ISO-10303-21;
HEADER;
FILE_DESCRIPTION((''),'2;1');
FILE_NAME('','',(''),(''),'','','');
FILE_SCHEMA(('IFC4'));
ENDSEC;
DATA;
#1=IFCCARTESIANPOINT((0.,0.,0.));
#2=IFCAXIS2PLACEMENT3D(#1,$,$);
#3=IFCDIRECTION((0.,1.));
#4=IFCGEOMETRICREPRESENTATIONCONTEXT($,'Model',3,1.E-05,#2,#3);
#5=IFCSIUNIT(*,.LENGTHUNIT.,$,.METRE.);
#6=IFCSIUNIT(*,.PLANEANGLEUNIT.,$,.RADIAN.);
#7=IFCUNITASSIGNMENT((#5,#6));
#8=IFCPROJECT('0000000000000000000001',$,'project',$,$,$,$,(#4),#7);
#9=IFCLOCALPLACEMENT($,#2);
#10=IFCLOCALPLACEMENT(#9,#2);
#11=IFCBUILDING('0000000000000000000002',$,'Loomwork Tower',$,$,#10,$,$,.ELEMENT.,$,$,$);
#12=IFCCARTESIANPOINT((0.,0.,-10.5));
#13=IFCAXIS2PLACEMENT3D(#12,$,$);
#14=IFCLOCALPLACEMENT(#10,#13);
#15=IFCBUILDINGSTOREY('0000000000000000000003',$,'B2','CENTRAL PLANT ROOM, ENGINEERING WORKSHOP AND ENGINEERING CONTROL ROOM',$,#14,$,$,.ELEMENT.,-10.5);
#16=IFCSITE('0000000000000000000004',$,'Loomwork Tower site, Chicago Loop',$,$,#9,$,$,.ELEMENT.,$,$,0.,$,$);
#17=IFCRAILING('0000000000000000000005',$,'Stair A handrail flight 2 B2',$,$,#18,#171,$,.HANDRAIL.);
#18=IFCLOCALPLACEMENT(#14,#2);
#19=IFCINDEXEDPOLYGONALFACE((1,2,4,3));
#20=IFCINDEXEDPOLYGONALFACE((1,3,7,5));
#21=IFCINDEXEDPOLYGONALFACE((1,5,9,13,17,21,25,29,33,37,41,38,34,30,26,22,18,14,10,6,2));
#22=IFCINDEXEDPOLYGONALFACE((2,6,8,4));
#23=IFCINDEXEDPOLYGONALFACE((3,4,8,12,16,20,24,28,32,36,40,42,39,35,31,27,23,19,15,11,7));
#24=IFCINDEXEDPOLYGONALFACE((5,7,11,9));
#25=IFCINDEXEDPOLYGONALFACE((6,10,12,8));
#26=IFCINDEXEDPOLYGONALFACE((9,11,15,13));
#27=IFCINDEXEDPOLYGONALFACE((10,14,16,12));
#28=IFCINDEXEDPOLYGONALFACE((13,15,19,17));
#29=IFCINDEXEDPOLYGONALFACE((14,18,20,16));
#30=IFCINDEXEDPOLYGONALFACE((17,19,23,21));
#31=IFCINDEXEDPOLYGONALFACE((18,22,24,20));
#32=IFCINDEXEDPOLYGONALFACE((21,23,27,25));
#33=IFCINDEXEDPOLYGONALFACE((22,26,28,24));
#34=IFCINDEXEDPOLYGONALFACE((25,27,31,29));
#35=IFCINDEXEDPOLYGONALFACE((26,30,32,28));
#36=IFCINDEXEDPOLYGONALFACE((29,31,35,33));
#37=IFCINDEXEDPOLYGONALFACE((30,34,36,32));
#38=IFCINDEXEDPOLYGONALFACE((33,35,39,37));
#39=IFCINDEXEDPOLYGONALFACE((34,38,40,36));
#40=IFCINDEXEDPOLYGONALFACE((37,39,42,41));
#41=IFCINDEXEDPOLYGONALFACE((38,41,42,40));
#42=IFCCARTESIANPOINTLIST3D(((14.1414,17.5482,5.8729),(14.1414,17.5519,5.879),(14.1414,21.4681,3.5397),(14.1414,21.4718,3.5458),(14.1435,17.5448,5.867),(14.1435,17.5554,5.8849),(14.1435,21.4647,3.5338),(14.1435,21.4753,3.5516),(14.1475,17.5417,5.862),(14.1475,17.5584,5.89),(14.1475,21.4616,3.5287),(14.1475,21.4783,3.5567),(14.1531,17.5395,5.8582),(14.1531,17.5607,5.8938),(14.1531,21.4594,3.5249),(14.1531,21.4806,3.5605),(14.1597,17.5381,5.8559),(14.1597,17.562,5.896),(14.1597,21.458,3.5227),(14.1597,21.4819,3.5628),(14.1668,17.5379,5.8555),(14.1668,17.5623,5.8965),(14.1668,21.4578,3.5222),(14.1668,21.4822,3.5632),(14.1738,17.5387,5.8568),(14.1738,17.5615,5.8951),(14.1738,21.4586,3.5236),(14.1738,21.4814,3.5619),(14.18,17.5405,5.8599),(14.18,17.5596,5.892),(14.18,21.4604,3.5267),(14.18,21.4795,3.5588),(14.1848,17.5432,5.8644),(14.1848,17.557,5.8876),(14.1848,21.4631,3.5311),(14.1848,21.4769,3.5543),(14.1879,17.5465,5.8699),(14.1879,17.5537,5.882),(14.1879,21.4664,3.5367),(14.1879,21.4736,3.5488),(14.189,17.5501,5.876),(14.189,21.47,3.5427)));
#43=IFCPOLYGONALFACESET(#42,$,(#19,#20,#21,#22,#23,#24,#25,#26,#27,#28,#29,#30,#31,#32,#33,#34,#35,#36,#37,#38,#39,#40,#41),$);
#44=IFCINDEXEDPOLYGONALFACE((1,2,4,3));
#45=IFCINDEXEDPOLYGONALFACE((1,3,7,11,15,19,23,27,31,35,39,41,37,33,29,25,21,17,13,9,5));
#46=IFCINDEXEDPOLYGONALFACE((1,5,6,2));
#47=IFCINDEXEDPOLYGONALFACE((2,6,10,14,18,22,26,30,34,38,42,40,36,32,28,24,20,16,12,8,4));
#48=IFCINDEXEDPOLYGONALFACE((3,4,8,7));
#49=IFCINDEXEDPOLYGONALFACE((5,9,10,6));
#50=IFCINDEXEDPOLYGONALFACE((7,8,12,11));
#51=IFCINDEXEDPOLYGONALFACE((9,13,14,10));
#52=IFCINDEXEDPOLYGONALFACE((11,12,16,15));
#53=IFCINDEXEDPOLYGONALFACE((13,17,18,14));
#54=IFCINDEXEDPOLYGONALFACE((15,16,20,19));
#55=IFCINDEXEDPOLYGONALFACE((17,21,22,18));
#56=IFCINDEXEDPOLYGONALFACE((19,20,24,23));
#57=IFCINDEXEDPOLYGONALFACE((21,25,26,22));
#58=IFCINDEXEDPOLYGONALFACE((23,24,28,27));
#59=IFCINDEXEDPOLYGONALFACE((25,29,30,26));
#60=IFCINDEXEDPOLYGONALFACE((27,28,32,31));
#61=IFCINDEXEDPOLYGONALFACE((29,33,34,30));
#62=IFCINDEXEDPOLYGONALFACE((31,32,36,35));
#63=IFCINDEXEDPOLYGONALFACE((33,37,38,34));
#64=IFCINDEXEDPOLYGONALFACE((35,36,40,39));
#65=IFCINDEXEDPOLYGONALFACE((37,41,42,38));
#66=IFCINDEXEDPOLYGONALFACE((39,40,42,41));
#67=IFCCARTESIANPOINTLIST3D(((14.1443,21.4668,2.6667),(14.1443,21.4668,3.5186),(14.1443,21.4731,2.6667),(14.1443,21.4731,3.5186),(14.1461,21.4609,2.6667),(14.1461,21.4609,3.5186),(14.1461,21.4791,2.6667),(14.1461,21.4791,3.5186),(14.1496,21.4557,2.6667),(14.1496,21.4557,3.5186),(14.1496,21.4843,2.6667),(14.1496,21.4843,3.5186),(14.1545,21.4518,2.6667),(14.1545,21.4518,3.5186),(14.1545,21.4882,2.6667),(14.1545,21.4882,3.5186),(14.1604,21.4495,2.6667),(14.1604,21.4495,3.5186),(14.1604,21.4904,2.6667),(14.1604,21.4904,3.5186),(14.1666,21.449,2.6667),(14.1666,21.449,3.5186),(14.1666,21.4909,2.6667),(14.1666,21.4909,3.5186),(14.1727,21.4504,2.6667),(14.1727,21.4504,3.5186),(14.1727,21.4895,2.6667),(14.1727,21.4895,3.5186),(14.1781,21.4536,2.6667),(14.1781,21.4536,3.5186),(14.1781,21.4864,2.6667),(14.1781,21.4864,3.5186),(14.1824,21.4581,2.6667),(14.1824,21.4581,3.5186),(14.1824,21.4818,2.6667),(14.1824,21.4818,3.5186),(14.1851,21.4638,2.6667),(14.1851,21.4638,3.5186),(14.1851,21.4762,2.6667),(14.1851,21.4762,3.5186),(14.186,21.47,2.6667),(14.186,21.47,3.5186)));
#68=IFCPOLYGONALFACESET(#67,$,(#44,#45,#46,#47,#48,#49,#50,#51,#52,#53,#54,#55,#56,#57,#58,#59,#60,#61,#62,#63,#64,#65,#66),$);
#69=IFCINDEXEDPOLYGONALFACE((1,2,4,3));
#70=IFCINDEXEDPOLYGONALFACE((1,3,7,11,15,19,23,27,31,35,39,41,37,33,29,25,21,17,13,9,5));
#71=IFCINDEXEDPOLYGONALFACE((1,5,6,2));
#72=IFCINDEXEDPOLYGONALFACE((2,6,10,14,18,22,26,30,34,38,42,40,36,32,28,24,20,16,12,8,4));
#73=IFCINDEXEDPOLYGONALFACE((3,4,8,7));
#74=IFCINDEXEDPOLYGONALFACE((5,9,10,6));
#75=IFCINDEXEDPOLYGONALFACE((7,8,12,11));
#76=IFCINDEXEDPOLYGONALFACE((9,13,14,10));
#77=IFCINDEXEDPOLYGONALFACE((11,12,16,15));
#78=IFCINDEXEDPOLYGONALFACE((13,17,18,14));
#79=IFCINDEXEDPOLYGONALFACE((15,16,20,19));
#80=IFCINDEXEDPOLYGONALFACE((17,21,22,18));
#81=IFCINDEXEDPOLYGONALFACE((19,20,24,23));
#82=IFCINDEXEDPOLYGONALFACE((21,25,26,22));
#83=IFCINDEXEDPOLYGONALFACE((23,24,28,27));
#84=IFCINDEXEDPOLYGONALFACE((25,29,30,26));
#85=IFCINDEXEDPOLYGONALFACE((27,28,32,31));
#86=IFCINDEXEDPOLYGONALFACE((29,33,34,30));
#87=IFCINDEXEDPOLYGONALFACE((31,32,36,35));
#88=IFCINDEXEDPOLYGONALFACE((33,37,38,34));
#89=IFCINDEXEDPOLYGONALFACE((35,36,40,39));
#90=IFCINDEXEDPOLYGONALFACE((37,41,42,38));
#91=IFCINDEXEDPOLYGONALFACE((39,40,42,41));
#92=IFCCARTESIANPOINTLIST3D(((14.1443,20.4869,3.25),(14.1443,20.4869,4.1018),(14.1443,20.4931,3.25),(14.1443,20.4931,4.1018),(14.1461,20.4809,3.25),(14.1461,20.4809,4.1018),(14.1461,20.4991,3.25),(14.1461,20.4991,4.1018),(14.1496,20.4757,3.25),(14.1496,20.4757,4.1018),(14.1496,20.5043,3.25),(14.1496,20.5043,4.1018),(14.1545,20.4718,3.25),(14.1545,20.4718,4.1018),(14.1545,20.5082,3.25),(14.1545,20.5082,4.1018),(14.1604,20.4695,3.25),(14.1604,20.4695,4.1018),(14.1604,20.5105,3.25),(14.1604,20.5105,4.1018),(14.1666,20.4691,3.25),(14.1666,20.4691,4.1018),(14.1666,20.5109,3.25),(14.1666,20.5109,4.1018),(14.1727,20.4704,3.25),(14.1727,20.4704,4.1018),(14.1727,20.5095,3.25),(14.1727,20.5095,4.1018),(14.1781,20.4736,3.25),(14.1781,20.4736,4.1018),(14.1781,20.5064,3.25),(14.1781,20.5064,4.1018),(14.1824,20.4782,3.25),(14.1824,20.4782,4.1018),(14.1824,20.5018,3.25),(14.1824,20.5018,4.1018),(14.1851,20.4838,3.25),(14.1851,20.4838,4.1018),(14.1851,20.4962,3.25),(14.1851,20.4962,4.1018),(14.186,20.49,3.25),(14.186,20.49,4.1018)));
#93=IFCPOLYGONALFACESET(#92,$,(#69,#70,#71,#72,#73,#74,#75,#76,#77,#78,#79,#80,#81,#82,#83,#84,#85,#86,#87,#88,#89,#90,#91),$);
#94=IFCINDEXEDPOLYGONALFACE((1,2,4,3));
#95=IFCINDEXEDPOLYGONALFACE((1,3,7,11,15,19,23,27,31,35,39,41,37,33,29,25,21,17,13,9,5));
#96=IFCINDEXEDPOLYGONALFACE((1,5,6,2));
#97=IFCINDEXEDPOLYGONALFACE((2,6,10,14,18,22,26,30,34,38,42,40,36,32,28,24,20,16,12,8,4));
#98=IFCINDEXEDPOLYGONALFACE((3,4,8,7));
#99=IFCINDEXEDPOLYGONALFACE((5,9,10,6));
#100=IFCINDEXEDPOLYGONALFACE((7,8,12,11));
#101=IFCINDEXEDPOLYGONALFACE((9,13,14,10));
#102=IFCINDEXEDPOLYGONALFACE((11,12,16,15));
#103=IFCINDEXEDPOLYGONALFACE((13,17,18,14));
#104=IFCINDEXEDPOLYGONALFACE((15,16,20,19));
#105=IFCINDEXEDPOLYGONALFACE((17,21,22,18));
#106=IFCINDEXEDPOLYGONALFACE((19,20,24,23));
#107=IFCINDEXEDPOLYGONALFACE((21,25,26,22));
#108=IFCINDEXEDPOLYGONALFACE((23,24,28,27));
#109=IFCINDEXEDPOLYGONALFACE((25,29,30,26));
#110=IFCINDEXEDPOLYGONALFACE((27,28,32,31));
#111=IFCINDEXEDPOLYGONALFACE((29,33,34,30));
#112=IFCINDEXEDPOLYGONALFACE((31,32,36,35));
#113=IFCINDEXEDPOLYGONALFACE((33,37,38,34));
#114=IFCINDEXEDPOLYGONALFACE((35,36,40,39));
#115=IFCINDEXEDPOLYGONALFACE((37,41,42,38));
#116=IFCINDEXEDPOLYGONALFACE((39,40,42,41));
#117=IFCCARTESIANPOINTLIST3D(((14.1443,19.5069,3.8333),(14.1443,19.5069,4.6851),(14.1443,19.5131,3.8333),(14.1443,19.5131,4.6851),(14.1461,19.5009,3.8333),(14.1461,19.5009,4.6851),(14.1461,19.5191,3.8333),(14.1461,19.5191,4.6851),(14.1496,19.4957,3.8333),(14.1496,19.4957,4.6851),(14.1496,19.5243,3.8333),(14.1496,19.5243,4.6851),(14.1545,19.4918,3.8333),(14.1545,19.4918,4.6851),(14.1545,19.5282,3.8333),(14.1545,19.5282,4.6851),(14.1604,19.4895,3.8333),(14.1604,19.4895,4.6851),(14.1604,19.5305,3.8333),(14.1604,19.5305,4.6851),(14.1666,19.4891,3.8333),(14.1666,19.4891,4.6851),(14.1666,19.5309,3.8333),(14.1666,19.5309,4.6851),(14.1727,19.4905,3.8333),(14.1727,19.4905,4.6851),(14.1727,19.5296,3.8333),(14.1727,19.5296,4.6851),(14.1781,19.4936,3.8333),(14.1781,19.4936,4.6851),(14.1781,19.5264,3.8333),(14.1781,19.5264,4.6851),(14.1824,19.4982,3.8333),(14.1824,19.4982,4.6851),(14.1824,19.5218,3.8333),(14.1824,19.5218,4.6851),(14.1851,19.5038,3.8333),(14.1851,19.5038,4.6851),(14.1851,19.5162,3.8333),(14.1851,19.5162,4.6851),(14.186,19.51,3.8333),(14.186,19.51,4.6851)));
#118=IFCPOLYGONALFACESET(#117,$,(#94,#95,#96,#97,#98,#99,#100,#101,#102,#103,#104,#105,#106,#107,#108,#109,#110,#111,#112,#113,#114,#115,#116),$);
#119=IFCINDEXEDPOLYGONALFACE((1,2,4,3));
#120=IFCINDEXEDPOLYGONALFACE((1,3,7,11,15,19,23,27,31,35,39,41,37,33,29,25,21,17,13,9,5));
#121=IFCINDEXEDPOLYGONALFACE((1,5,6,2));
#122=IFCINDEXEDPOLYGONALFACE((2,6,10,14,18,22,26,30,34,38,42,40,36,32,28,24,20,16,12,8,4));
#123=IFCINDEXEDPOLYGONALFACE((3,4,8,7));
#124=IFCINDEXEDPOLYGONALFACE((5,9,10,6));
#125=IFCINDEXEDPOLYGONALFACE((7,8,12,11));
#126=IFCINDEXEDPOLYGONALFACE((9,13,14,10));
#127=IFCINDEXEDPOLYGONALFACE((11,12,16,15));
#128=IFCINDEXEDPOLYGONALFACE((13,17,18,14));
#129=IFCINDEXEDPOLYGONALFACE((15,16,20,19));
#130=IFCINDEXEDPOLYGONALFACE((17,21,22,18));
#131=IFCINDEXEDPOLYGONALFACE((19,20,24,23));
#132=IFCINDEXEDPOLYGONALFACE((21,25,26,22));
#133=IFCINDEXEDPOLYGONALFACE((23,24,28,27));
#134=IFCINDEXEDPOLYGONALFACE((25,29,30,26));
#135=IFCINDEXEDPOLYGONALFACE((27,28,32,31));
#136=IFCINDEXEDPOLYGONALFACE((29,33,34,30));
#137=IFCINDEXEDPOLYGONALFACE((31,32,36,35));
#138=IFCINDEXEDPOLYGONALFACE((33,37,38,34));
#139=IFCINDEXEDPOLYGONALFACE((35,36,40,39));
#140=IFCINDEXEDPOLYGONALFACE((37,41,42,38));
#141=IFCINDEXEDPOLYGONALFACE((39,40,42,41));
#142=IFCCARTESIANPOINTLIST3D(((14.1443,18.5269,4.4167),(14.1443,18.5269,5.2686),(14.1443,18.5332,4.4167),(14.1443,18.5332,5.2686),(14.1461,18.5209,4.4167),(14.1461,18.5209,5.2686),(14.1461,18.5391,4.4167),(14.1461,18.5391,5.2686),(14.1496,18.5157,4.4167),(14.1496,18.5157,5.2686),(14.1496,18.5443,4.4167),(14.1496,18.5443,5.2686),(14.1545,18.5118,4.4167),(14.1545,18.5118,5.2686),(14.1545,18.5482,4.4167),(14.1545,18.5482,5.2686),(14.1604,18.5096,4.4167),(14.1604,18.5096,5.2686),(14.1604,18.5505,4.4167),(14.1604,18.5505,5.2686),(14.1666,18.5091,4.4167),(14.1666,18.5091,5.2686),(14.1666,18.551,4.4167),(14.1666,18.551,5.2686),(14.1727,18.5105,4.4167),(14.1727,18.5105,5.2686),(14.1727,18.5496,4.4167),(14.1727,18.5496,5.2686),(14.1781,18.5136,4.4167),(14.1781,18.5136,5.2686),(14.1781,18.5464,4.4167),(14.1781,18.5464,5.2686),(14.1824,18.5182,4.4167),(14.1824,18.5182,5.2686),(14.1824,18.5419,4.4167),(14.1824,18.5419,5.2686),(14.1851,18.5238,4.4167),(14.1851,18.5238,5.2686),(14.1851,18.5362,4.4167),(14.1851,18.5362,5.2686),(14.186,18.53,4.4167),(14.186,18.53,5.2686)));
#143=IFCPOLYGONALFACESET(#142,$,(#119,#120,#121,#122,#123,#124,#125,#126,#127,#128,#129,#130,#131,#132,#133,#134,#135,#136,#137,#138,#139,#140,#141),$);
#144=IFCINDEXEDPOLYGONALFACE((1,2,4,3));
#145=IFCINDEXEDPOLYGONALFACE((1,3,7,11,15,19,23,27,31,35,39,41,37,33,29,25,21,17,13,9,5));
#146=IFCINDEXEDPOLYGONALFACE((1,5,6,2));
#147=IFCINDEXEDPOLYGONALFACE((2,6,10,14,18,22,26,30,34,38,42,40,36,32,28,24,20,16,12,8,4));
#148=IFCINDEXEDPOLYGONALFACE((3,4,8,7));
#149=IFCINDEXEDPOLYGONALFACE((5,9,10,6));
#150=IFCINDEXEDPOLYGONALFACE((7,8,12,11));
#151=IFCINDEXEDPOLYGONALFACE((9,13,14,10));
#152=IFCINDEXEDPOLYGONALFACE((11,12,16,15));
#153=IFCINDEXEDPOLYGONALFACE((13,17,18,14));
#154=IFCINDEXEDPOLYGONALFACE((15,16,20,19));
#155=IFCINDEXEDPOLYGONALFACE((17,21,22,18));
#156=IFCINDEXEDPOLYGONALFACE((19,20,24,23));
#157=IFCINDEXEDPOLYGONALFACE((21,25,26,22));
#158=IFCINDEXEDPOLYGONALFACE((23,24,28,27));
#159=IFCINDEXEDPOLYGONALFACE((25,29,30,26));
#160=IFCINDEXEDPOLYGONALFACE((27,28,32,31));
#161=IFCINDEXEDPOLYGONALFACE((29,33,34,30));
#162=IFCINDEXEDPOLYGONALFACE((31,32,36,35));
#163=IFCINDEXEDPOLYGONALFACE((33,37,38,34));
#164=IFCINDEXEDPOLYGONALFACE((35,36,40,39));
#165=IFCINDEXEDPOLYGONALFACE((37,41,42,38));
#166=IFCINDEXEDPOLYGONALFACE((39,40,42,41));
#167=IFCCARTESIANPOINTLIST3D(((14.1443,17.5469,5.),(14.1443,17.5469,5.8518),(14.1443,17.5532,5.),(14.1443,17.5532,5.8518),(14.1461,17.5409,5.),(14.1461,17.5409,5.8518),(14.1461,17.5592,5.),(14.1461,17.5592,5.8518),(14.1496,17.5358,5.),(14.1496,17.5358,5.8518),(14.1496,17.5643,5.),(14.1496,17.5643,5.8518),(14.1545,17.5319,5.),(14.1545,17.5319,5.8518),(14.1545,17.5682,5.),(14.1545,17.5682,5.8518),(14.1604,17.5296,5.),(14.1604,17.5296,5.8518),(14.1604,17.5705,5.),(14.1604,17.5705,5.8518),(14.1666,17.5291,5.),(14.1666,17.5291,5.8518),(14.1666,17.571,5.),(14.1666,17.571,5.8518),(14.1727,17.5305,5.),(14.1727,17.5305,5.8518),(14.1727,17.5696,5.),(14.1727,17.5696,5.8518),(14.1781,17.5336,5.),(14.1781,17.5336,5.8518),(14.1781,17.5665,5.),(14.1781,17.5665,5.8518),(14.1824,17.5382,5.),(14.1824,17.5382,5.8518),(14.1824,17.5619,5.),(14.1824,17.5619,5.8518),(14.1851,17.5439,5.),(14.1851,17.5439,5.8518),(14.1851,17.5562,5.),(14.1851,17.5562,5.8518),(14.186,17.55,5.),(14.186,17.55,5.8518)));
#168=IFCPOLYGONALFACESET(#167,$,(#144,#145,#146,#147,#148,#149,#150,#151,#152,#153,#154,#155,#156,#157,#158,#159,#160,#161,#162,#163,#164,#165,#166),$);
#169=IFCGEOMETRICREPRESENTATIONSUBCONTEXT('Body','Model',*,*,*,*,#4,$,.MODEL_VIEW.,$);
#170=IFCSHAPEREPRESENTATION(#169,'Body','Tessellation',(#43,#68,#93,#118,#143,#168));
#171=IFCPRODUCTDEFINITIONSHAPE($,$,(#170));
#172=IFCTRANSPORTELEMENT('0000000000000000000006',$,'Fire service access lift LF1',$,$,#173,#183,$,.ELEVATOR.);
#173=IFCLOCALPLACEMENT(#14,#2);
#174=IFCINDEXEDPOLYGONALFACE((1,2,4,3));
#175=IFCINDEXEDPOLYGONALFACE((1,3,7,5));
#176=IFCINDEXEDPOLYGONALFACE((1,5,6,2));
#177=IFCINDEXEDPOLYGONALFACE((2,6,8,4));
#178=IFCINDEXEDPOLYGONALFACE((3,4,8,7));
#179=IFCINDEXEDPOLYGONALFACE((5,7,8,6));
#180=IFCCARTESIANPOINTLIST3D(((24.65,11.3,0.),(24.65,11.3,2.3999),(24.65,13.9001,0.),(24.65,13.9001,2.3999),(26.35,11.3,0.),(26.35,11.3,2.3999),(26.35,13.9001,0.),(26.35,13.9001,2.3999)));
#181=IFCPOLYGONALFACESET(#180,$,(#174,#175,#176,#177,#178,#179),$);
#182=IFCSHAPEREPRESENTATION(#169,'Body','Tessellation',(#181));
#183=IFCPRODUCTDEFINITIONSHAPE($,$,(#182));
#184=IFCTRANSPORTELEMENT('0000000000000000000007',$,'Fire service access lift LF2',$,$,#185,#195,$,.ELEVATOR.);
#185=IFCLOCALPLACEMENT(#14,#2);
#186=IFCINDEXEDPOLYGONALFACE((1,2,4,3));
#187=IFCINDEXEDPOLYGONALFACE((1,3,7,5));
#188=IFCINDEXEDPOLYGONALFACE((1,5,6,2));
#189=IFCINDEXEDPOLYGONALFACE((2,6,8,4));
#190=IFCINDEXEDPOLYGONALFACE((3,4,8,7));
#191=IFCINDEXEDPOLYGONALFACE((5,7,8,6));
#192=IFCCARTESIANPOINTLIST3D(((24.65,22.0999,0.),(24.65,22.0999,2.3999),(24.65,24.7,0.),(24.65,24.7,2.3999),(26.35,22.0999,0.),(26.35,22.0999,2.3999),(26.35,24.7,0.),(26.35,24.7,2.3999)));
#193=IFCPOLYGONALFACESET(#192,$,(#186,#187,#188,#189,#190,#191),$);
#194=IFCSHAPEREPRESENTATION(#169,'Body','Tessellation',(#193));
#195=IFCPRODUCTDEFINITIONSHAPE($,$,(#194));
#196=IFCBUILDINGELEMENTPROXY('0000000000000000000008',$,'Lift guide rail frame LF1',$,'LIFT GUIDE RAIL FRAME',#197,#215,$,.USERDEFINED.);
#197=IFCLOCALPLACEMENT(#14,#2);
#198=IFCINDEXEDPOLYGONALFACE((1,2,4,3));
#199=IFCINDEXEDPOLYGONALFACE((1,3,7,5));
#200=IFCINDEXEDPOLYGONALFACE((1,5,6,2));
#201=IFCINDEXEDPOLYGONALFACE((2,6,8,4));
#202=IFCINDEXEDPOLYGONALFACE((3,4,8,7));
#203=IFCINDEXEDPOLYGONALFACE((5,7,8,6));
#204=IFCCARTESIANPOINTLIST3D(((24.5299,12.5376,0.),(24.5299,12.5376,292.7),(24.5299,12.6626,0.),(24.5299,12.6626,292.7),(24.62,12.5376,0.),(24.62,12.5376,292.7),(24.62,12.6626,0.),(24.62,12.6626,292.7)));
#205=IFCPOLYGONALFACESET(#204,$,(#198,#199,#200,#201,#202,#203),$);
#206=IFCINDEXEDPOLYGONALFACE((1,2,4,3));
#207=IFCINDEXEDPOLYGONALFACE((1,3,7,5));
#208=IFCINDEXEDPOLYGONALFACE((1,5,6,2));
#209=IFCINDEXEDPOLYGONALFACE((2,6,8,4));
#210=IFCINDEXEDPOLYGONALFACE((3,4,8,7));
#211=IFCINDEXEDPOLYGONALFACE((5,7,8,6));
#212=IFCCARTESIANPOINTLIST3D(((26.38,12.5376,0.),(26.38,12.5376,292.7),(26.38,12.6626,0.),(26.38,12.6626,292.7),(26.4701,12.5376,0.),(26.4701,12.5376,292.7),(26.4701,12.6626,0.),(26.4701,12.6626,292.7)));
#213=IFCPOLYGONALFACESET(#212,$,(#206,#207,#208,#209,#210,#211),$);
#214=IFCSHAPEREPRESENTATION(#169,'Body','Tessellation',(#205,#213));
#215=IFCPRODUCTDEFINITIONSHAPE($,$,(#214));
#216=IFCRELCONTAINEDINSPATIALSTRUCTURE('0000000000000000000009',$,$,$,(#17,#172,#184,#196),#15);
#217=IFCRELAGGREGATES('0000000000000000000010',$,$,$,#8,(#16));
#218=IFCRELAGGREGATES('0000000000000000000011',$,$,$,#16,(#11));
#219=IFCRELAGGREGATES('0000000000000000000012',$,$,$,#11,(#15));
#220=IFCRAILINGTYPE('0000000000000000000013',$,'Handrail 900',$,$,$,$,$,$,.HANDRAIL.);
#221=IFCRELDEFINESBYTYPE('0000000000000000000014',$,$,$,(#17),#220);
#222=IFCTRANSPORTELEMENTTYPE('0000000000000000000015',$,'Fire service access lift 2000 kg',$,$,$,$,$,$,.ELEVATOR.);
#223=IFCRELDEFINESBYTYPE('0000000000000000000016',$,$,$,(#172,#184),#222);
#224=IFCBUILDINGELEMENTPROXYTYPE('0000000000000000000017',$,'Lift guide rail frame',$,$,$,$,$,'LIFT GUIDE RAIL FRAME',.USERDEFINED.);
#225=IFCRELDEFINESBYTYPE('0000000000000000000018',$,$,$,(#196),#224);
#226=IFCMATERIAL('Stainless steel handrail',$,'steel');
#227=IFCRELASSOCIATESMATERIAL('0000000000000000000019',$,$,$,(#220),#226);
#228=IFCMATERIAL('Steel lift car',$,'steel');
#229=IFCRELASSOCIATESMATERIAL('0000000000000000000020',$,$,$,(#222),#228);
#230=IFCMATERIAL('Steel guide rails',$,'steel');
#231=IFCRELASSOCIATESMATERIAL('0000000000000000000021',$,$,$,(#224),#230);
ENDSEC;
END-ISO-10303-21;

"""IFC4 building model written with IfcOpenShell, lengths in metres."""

from ifc_helpers import new_model, si_unit, direction, frame, frame_2d, origin, origin_2d, place, context, subcontext, project, spatial, rectangle, circle, extrude, material, type_object, element, save


model = new_model("IFC4")

# Units and contexts
model_context = context("Model", 3, precision=1e-05, world=origin(), true_north=direction((0.0, 1.0)))
body_context = subcontext(model_context, "Body", "Model", "MODEL_VIEW")
ifc_project = project(units=[si_unit("LENGTHUNIT", "METRE"), si_unit("PLANEANGLEUNIT", "RADIAN")], contexts=[model_context])

# Site, building, storey
site_placement = place(None, origin())
site = spatial("IfcSite", under=ifc_project, at=site_placement, Name="Loomwork Tower site, Chicago Loop", CompositionType="ELEMENT", RefElevation=0.0)
building_placement = place(site_placement, origin())
building = spatial("IfcBuilding", under=site, at=building_placement, Name="Loomwork Tower", CompositionType="ELEMENT")
storey_placement = place(building_placement, frame((0.0, 0.0, -10.5)))
storey = spatial("IfcBuildingStorey", under=building, at=storey_placement, Name="B2", Description="CENTRAL PLANT ROOM, ENGINEERING WORKSHOP AND ENGINEERING CONTROL ROOM", CompositionType="ELEMENT", Elevation=-10.5)

# Railing
ifc_material_1 = material(Name="Stainless steel handrail", Category="steel")
railing_type = type_object("IfcRailingType", Name="Handrail 900", PredefinedType="HANDRAIL", material=ifc_material_1)
railing_1_placement = place(storey_placement, frame((14.165, 21.47, 2.6667)))
element("IfcRailing", 1, at=railing_1_placement, inside=storey, type_object=railing_type, Name="Stair A handrail flight 2 B2", PredefinedType="HANDRAIL", context=body_context, shape_type="SweptSolid", body=[
    extrude(circle(Radius=0.0239, at=origin_2d()), frame((0.0, 0.0, 0.876), z_axis=(0.0, -0.859296, 0.511478), x_axis=(1.0, 0.0, 0.0)), (0.0, 0.0, 1.0), 4.5618),
    extrude(circle(Radius=0.021, at=origin_2d()), origin(), (0.0, 0.0, 1.0), 0.8518),
    extrude(circle(Radius=0.021, at=origin_2d()), frame((0.0, -0.98, 0.5833)), (0.0, 0.0, 1.0), 0.8518),
    extrude(circle(Radius=0.021, at=origin_2d()), frame((0.0, -1.96, 1.1665)), (0.0, 0.0, 1.0), 0.8518),
    extrude(circle(Radius=0.021, at=origin_2d()), frame((0.0, -2.9399, 1.75)), (0.0, 0.0, 1.0), 0.8518),
    extrude(circle(Radius=0.021, at=origin_2d()), frame((0.0, -3.9199, 2.3333)), (0.0, 0.0, 1.0), 0.8518),
])

# Transport elements
ifc_material_2 = material(Name="Steel lift car", Category="steel")
transport_element_type = type_object("IfcTransportElementType", Name="Fire service access lift 2000 kg", PredefinedType="ELEVATOR", material=ifc_material_2)
for number, where, z_axis, x_axis, name in (
    (2, (25.5, 12.6001, 0.0), (0.0, 0.0, 1.0), (1.0, 0.0, 0.0), "Fire service access lift LF1"),
    (3, (25.5, 23.3999, 0.0), (0.0, 0.0, 1.0), (1.0, 0.0, 0.0), "Fire service access lift LF2"),
):
    element("IfcTransportElement", number, at=place(storey_placement, frame(where, z_axis=z_axis, x_axis=x_axis)), inside=storey, type_object=transport_element_type, Name=name, PredefinedType="ELEVATOR", context=body_context, shape_type="SweptSolid", body=[
        extrude(rectangle(XDim=1.7, YDim=2.6001, at=origin_2d()), origin(), (0.0, 0.0, 1.0), 2.3999),
    ])

# Building element proxy
ifc_material_3 = material(Name="Steel guide rails", Category="steel")
building_element_proxy_type = type_object("IfcBuildingElementProxyType", Name="Lift guide rail frame", ElementType="LIFT GUIDE RAIL FRAME", PredefinedType="USERDEFINED", material=ifc_material_3)
for number, where, z_axis, x_axis, name in (
    (4, (25.5, 12.6001, 0.0), (0.0, 0.0, 1.0), (1.0, 0.0, 0.0), "Lift guide rail frame LF1"),
):
    element("IfcBuildingElementProxy", number, at=place(storey_placement, frame(where, z_axis=z_axis, x_axis=x_axis)), inside=storey, type_object=building_element_proxy_type, Name=name, ObjectType="LIFT GUIDE RAIL FRAME", PredefinedType="USERDEFINED", context=body_context, shape_type="SweptSolid", body=[
        extrude(rectangle(XDim=0.0901, YDim=0.125, at=frame_2d((-0.925, 0.0))), origin(), (0.0, 0.0, 1.0), 292.7),
        extrude(rectangle(XDim=0.0901, YDim=0.125, at=frame_2d((0.925, 0.0))), origin(), (0.0, 0.0, 1.0), 292.7),
    ])

save(model, "model.ifc")
